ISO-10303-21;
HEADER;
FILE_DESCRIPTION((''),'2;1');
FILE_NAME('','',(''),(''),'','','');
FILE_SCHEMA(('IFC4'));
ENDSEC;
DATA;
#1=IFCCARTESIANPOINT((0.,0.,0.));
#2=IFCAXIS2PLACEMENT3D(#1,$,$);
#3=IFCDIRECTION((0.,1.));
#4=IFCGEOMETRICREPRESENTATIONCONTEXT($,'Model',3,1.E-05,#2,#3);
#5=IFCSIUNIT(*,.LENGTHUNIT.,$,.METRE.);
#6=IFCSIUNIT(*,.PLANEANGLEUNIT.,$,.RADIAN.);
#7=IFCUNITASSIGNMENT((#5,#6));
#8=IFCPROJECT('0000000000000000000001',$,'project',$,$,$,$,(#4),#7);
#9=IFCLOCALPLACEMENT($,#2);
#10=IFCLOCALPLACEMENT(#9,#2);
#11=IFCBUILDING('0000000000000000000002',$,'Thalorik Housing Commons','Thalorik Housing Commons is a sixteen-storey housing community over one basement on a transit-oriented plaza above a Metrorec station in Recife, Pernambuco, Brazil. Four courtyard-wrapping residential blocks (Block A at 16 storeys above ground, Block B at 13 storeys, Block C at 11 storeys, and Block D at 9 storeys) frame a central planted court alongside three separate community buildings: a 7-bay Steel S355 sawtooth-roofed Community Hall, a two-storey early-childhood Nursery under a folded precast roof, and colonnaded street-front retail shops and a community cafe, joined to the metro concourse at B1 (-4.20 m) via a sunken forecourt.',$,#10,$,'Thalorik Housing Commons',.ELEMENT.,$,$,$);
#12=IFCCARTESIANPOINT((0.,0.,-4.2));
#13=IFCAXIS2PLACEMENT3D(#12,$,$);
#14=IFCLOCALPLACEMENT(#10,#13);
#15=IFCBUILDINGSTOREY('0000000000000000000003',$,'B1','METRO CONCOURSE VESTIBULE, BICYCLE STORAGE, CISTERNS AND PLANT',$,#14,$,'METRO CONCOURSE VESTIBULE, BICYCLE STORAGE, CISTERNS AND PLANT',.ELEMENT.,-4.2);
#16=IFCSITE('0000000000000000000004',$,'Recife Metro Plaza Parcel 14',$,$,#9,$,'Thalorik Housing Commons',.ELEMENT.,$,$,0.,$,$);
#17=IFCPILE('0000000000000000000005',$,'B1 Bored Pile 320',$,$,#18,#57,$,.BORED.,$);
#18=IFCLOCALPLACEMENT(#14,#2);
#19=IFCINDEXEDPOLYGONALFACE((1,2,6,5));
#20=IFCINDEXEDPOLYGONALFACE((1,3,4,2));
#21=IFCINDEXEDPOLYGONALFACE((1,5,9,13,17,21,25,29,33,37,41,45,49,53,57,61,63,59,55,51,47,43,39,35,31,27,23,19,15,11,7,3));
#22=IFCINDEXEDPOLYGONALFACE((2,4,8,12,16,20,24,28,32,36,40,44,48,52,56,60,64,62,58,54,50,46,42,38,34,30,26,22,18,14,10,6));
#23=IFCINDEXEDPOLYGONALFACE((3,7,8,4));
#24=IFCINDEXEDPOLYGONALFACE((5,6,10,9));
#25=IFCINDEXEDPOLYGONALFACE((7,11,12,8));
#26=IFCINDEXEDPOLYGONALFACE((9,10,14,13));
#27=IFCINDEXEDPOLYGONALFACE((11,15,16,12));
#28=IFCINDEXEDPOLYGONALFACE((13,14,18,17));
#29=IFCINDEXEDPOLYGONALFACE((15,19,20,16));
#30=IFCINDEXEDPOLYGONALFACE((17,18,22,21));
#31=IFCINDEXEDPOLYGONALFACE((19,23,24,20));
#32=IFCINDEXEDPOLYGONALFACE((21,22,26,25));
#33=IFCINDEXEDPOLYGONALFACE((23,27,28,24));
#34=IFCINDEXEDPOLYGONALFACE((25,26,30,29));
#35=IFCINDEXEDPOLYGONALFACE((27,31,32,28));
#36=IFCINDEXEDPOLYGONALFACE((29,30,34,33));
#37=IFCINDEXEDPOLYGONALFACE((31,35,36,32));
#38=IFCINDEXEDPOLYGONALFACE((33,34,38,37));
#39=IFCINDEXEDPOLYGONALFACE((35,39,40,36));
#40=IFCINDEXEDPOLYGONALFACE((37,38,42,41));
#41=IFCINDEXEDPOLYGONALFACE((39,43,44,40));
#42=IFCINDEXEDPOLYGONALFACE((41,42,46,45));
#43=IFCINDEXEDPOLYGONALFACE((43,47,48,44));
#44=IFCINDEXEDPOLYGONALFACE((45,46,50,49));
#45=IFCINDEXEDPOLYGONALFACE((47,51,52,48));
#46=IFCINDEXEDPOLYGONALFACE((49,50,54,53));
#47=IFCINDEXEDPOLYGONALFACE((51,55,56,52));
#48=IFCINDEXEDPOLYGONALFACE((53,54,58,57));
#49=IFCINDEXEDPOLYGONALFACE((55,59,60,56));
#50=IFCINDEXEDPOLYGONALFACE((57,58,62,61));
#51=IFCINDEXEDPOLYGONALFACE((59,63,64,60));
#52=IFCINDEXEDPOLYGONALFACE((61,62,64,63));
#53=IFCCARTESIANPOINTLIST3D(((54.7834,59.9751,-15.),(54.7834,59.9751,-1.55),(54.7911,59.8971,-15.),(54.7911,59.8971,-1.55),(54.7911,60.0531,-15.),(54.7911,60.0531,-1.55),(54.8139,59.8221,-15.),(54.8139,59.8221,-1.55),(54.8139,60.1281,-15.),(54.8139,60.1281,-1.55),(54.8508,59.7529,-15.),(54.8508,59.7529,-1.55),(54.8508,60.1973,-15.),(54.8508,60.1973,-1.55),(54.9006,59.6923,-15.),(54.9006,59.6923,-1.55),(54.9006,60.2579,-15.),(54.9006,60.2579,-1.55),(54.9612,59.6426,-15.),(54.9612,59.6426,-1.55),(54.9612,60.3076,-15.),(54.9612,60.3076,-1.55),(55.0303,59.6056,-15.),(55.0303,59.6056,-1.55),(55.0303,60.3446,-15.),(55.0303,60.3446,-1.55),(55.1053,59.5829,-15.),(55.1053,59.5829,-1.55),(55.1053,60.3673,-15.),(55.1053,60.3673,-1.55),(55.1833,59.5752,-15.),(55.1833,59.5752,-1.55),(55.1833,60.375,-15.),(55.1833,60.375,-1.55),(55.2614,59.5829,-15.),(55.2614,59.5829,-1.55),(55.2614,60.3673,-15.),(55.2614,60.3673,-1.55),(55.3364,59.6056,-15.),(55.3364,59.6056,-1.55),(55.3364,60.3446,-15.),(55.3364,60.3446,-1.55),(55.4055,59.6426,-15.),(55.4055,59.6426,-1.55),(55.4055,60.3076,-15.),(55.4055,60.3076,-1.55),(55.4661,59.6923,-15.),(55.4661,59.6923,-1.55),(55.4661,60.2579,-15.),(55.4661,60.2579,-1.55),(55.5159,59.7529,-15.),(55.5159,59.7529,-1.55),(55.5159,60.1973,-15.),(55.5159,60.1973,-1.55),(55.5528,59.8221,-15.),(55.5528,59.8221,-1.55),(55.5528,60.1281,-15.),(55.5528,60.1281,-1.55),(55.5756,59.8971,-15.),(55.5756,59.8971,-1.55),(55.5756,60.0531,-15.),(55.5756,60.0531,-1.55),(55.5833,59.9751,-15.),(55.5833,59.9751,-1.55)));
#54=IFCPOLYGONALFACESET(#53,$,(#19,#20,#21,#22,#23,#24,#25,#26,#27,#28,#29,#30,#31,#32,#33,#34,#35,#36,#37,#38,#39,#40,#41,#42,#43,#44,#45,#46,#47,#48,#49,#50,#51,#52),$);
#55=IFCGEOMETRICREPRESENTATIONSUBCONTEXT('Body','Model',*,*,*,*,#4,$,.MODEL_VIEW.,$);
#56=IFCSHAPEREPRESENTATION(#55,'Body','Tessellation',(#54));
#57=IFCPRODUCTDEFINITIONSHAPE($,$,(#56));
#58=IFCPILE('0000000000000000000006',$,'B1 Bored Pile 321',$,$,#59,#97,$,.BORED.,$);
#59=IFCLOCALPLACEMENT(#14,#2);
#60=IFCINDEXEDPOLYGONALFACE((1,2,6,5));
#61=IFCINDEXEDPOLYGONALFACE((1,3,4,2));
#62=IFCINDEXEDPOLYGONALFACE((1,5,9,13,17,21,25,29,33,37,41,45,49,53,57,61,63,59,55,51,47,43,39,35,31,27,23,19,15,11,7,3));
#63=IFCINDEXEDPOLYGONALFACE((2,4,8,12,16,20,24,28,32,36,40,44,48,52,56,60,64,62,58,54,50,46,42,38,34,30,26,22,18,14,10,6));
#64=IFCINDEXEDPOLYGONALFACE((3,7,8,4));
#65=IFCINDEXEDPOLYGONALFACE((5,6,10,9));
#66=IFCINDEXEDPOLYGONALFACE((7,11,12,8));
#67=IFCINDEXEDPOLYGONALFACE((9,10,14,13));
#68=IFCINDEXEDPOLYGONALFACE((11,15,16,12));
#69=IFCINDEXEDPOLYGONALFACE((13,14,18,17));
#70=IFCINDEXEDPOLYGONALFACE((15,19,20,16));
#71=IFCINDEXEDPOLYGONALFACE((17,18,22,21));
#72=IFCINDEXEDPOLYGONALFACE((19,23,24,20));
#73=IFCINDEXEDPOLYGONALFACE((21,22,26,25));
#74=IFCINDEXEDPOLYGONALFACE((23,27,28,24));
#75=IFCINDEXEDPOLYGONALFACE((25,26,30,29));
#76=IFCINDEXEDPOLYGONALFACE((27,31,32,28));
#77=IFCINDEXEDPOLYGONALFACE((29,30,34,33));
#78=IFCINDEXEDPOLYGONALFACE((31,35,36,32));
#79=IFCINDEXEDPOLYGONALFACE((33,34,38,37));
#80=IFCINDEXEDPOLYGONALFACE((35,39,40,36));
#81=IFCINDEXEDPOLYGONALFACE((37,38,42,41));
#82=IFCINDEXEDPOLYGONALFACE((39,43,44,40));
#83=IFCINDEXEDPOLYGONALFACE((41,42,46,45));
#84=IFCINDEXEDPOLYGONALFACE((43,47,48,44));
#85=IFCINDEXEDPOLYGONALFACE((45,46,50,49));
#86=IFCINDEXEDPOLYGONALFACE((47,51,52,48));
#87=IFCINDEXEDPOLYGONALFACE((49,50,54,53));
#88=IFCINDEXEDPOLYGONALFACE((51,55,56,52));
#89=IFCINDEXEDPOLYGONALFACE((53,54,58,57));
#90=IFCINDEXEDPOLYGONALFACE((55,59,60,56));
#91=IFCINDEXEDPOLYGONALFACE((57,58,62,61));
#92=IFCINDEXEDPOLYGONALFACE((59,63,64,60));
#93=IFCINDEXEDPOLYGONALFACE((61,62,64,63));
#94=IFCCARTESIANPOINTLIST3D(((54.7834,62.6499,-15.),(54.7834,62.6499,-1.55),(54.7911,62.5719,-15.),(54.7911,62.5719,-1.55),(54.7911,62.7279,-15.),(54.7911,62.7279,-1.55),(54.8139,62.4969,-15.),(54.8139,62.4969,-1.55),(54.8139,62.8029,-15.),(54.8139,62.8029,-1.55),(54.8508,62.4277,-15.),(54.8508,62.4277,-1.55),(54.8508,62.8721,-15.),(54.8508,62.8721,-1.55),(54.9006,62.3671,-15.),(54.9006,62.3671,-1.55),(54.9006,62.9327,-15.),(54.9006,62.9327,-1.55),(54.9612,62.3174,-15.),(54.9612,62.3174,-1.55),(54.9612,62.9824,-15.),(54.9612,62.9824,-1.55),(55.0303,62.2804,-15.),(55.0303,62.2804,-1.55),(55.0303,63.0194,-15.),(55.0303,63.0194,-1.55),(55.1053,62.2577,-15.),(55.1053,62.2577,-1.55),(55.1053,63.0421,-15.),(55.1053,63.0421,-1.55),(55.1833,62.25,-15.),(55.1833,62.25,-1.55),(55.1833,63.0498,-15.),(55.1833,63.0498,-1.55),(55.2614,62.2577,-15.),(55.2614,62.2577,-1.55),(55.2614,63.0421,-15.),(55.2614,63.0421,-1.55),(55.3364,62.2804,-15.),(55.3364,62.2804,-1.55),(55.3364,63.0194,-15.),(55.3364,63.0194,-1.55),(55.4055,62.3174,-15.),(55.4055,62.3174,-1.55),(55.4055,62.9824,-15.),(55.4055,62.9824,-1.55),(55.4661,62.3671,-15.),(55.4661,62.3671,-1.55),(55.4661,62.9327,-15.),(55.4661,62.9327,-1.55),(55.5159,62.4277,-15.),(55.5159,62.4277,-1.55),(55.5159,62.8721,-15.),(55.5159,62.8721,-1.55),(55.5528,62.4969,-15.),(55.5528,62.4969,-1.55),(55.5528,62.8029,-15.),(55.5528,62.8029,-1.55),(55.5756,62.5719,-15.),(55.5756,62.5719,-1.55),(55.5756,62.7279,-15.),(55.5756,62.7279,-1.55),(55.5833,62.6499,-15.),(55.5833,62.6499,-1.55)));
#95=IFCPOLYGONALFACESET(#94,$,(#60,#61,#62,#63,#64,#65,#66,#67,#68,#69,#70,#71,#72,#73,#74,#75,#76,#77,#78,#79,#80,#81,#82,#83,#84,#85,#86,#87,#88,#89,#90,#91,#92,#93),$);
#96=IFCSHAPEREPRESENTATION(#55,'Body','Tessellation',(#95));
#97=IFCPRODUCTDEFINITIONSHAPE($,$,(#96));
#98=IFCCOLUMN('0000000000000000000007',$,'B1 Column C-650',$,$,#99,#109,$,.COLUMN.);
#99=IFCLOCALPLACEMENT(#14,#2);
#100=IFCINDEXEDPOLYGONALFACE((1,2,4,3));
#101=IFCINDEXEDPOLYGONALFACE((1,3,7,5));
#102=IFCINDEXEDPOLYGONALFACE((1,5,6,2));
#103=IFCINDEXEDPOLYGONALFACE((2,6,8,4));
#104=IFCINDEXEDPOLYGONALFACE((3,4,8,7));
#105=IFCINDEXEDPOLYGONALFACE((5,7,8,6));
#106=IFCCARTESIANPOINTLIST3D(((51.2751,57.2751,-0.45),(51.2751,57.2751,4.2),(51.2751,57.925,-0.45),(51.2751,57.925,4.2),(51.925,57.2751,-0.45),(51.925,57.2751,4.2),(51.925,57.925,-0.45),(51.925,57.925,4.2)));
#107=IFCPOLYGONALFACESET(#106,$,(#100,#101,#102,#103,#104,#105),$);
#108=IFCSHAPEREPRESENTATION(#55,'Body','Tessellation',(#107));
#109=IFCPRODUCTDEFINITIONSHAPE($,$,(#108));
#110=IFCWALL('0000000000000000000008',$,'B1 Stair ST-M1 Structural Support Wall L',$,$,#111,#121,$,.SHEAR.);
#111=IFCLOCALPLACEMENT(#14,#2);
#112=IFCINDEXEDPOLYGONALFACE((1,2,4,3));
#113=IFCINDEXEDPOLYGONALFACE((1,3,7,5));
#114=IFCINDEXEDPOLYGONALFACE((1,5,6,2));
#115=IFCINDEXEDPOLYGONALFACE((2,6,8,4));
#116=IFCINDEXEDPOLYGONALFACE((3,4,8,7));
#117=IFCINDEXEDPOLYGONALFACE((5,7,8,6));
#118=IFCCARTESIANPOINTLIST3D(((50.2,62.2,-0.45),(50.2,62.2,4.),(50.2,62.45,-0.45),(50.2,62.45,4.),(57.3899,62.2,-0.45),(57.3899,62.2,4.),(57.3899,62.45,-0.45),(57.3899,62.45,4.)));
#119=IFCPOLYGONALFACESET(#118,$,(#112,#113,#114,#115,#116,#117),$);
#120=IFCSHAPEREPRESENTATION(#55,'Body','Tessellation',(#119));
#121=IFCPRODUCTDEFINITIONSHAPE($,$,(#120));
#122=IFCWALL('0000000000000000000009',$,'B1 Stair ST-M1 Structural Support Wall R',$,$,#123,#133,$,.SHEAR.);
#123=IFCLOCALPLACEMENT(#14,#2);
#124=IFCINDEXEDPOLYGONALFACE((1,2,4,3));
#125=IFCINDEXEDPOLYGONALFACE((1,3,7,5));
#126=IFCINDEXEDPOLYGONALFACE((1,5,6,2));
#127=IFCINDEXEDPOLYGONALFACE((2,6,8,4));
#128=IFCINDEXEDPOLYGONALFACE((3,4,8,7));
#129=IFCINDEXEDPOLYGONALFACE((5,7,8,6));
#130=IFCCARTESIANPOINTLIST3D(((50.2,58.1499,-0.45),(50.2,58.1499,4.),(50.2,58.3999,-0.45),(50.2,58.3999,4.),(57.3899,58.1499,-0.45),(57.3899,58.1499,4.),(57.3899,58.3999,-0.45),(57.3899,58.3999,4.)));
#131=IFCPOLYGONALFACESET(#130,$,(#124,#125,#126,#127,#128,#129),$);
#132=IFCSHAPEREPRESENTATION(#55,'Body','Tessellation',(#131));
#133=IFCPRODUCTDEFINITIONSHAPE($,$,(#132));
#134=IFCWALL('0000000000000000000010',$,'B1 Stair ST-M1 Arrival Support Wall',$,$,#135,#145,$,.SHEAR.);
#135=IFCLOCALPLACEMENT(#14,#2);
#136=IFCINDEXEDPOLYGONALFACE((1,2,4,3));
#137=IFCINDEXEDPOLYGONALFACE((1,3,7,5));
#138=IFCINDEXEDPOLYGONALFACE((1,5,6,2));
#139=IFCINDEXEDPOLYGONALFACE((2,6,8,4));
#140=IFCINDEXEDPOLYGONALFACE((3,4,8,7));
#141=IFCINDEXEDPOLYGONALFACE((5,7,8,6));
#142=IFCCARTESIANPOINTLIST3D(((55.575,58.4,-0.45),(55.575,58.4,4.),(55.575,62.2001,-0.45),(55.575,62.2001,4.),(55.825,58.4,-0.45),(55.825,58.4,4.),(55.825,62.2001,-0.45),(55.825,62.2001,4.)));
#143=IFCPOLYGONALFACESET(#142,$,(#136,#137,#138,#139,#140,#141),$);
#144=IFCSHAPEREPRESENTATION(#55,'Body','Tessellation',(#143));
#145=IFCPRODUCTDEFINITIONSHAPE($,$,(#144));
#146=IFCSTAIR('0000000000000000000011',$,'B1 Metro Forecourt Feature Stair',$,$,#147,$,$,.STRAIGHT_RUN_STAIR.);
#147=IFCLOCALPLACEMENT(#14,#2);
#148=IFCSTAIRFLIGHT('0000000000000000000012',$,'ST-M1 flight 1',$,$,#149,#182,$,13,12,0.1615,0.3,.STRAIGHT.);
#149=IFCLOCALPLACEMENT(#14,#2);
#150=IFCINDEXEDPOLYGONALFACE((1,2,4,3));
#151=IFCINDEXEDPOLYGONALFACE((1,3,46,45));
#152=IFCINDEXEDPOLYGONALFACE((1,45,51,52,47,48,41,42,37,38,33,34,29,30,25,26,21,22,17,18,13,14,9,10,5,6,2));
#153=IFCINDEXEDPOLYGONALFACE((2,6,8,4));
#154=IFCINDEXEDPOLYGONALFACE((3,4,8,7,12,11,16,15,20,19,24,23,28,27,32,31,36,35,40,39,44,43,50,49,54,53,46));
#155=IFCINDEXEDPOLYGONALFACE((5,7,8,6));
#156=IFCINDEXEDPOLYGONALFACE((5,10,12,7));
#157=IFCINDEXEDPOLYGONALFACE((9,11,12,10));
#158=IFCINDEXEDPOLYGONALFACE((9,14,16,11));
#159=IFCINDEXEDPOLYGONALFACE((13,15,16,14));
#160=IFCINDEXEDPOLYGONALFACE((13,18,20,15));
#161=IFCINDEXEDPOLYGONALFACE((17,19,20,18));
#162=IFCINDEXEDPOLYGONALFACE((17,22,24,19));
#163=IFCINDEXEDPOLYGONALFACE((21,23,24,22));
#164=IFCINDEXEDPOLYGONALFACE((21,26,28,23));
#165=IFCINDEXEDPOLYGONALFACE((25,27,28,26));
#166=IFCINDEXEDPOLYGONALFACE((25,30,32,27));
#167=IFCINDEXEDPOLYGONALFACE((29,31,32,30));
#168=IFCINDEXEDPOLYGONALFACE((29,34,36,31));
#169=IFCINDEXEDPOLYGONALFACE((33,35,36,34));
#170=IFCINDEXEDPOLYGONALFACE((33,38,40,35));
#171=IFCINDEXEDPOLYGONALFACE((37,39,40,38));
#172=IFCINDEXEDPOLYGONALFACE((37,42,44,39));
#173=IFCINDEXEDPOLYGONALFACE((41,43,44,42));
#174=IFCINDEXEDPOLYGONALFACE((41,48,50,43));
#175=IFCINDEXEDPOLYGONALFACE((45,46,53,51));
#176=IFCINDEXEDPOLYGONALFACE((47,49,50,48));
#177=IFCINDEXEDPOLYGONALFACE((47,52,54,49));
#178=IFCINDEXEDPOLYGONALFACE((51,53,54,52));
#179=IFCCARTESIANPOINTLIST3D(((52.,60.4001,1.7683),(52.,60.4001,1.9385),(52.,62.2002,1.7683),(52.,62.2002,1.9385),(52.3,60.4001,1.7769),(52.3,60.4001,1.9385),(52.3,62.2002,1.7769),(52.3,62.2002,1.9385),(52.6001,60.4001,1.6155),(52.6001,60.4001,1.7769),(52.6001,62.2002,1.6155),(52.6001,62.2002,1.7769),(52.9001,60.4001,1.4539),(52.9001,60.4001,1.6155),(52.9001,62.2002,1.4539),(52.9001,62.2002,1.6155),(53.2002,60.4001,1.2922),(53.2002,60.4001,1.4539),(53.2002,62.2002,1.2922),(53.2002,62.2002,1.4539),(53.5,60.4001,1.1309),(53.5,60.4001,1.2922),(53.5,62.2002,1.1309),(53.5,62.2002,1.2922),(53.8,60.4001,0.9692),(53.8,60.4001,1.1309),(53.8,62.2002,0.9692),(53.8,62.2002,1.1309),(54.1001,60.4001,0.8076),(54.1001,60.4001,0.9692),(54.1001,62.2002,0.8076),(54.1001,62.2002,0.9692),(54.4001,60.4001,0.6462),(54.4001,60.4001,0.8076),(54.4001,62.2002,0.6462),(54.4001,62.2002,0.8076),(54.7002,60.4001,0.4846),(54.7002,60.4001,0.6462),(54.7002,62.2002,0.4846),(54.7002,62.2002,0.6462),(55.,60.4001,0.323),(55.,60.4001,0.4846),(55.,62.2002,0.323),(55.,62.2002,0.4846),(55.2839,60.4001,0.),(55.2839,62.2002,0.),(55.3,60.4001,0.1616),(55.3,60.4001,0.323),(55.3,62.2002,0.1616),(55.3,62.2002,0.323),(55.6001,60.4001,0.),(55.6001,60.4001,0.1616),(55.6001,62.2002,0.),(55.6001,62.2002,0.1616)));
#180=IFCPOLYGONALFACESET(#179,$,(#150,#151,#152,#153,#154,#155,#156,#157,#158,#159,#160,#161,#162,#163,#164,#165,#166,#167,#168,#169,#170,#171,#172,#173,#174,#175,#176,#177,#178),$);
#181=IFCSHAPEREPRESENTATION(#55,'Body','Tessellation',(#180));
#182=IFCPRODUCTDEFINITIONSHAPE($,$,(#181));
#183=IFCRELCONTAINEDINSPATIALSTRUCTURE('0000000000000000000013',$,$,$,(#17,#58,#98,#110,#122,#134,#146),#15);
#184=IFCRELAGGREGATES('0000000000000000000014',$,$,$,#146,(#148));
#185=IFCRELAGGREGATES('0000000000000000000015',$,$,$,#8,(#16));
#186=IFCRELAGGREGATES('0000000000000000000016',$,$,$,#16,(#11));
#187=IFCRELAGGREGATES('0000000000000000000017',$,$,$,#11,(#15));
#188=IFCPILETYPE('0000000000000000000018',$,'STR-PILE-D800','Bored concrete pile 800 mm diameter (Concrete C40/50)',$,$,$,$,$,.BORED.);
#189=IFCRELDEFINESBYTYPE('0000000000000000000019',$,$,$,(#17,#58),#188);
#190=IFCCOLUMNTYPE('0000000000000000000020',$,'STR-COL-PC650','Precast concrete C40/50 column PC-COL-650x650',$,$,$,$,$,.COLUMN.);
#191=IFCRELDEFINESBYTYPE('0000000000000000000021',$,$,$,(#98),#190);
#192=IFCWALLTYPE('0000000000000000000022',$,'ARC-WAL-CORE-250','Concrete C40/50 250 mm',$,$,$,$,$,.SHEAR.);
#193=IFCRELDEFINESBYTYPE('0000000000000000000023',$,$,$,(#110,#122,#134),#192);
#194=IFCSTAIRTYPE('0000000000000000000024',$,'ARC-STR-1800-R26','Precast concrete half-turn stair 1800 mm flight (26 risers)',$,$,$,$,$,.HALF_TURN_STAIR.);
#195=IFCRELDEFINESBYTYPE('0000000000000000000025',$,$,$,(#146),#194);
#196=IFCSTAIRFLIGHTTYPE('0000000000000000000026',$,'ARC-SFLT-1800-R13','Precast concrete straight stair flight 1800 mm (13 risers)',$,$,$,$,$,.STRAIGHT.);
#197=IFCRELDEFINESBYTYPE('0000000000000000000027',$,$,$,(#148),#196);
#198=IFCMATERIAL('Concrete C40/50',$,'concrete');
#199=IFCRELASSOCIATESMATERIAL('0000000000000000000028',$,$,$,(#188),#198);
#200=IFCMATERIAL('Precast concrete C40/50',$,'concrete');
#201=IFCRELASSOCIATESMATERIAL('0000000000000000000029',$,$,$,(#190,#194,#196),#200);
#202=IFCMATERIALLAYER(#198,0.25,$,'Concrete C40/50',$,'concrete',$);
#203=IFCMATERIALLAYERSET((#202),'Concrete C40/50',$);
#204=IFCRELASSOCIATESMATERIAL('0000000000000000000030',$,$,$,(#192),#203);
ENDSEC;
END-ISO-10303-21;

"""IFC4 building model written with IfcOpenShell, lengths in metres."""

from ifc_helpers import new_model, si_unit, direction, frame, frame_2d, origin, origin_2d, place, context, subcontext, project, spatial, polyline, rectangle, circle, outline, extrude, material, layer, layer_set, material_profile, profile_set, type_object, element, aggregate, save


model = new_model("IFC4")

# Units and contexts
model_context = context("Model", 3, precision=1e-05, world=origin(), true_north=direction((0.0, 1.0)))
body_context = subcontext(model_context, "Body", "Model", "MODEL_VIEW")
ifc_project = project(units=[si_unit("LENGTHUNIT", "METRE"), si_unit("PLANEANGLEUNIT", "RADIAN")], contexts=[model_context])

# Site, building, storey
site_placement = place(None, origin())
site = spatial("IfcSite", under=ifc_project, at=site_placement, Name="Recife Metro Plaza Parcel 14", LongName="Thalorik Housing Commons", CompositionType="ELEMENT", RefElevation=0.0)
building_placement = place(site_placement, origin())
building = spatial("IfcBuilding", under=site, at=building_placement, Name="Thalorik Housing Commons", Description="Thalorik Housing Commons is a sixteen-storey housing community over one basement on a transit-oriented plaza above a Metrorec station in Recife, Pernambuco, Brazil. Four courtyard-wrapping residential blocks (Block A at 16 storeys above ground, Block B at 13 storeys, Block C at 11 storeys, and Block D at 9 storeys) frame a central planted court alongside three separate community buildings: a 7-bay Steel S355 sawtooth-roofed Community Hall, a two-storey early-childhood Nursery under a folded precast roof, and colonnaded street-front retail shops and a community cafe, joined to the metro concourse at B1 (-4.20 m) via a sunken forecourt.", LongName="Thalorik Housing Commons", CompositionType="ELEMENT")
storey_placement = place(building_placement, frame((0.0, 0.0, -4.2)))
storey = spatial("IfcBuildingStorey", under=building, at=storey_placement, Name="B1", Description="METRO CONCOURSE VESTIBULE, BICYCLE STORAGE, CISTERNS AND PLANT", LongName="METRO CONCOURSE VESTIBULE, BICYCLE STORAGE, CISTERNS AND PLANT", CompositionType="ELEMENT", Elevation=-4.2)

# Shared definitions
ifc_material_1 = material(Name="Concrete C40/50", Category="concrete")

# Piles
ifc_material_profile_1 = material_profile(ifc_material_1, circle(Radius=0.3999, at=origin_2d()), Name="BORED PILE D800", Category="concrete")
ifc_profile_set_1 = profile_set([ifc_material_profile_1], Name="Concrete C40/50")
pile_type = type_object("IfcPileType", Name="STR-PILE-D800", Description="Bored concrete pile 800 mm diameter (Concrete C40/50)", PredefinedType="BORED", material=ifc_profile_set_1)
for number, where, z_axis, x_axis, name in (
    (1, (55.1833, 59.9751, -1.55), (0.0, 0.0, -1.0), (1.0, 0.0, 0.0), "B1 Bored Pile 320"),
    (2, (55.1833, 62.6499, -1.55), (0.0, 0.0, -1.0), (1.0, 0.0, 0.0), "B1 Bored Pile 321"),
):
    element("IfcPile", number, at=place(storey_placement, frame(where, z_axis=z_axis, x_axis=x_axis)), inside=storey, type_object=pile_type, Name=name, PredefinedType="BORED", context=body_context, shape_type="SweptSolid", body=[
        extrude(circle(Radius=0.3999, at=origin_2d()), origin(), (0.0, 0.0, 1.0), 13.45),
    ])

# Column
ifc_material_2 = material(Name="Precast concrete C40/50", Category="concrete")
ifc_material_profile_2 = material_profile(ifc_material_2, rectangle(XDim=0.6499, YDim=0.6499, at=origin_2d()), Name="PC 650x650", Category="concrete")
ifc_profile_set_2 = profile_set([ifc_material_profile_2], Name="Precast concrete C40/50")
column_type = type_object("IfcColumnType", Name="STR-COL-PC650", Description="Precast concrete C40/50 column PC-COL-650x650", PredefinedType="COLUMN", material=ifc_profile_set_2)
column_placement = place(storey_placement, frame((51.6001, 57.6001, -0.45), z_axis=(0.0, 0.0, 1.0), x_axis=(1.0, 0.0, 0.0)))
element("IfcColumn", 3, at=column_placement, inside=storey, type_object=column_type, Name="B1 Column C-650", PredefinedType="COLUMN", context=body_context, shape_type="SweptSolid", body=[
    extrude(rectangle(XDim=0.6499, YDim=0.6499, at=origin_2d()), origin(), (0.0, 0.0, 1.0), 4.6499),
])

# Walls
ifc_layer = layer(ifc_material_1, 0.25, Name="Concrete C40/50", Category="concrete")
ifc_layer_set = layer_set([ifc_layer], Name="Concrete C40/50")
wall_type = type_object("IfcWallType", Name="ARC-WAL-CORE-250", Description="Concrete C40/50 250 mm", PredefinedType="SHEAR", material=ifc_layer_set)
for number, where, z_axis, x_axis, name in (
    (4, (57.3899, 62.325, -0.45), (0.0, 0.0, 1.0), (-1.0, 0.0, 0.0), "B1 Stair ST-M1 Structural Support Wall L"),
    (5, (57.3899, 58.2749, -0.45), (0.0, 0.0, 1.0), (-1.0, 0.0, 0.0), "B1 Stair ST-M1 Structural Support Wall R"),
):
    element("IfcWall", number, at=place(storey_placement, frame(where, z_axis=z_axis, x_axis=x_axis)), inside=storey, type_object=wall_type, Name=name, PredefinedType="SHEAR", context=body_context, shape_type="SweptSolid", body=[
        extrude(rectangle(XDim=7.1899, YDim=0.25, at=frame_2d((3.595, 0.0))), origin(), (0.0, 0.0, 1.0), 4.45),
    ])
wall_placement = place(storey_placement, frame((55.7, 62.2, -0.45), z_axis=(0.0, 0.0, 1.0), x_axis=(0.0, -1.0, 0.0)))
element("IfcWall", 6, at=wall_placement, inside=storey, type_object=wall_type, Name="B1 Stair ST-M1 Arrival Support Wall", PredefinedType="SHEAR", context=body_context, shape_type="SweptSolid", body=[
    extrude(rectangle(XDim=3.8, YDim=0.25, at=frame_2d((1.8999, 0.0))), origin(), (0.0, 0.0, 1.0), 4.45),
])

# Stair, stair flight
stair_type = type_object("IfcStairType", Name="ARC-STR-1800-R26", Description="Precast concrete half-turn stair 1800 mm flight (26 risers)", PredefinedType="HALF_TURN_STAIR", material=ifc_material_2)
stair_placement = place(storey_placement, origin())
stair = element("IfcStair", 7, at=stair_placement, inside=storey, type_object=stair_type, Name="B1 Metro Forecourt Feature Stair", PredefinedType="STRAIGHT_RUN_STAIR")
stair_flight_type = type_object("IfcStairFlightType", Name="ARC-SFLT-1800-R13", Description="Precast concrete straight stair flight 1800 mm (13 risers)", PredefinedType="STRAIGHT", material=ifc_material_2)
stair_flight_1_placement = place(storey_placement, frame((55.6001, 61.3, 0.0), z_axis=(0.0, 0.0, 1.0), x_axis=(-1.0, 0.0, 0.0)))
stair_flight_1 = element("IfcStairFlight", 8, at=stair_flight_1_placement, type_object=stair_flight_type, Name="ST-M1 flight 1", NumberOfRisers=13, NumberOfTreads=12, PredefinedType="STRAIGHT", RiserHeight=0.1615, TreadLength=0.3, context=body_context, shape_type="SweptSolid", body=[
    extrude(outline(polyline([(0.0, 0.0), (0.0, 0.1616), (0.3, 0.1616), (0.3, 0.323), (0.6001, 0.323), (0.6001, 0.4846), (0.8999, 0.4846), (0.8999, 0.6462), (1.2, 0.6462), (1.2, 0.8076), (1.5, 0.8076), (1.5, 0.9692), (1.8, 0.9692), (1.8, 1.1309), (2.1001, 1.1309), (2.1001, 1.2922), (2.3999, 1.2922), (2.3999, 1.4539), (2.7, 1.4539), (2.7, 1.6155), (3.0, 1.6155), (3.0, 1.7769), (3.3, 1.7769), (3.3, 1.9385), (3.6001, 1.9385), (3.6001, 2.1001), (3.6001, 1.7683), (0.3162, 0.0), (0.0, 0.0)])), frame((0.0, 0.8999, 0.0), z_axis=(0.0, -1.0, 0.0), x_axis=(1.0, 0.0, 0.0)), (0.0, 0.0, 1.0), 1.8),
])
aggregate(stair, [stair_flight_1])

save(model, "model.ifc")
